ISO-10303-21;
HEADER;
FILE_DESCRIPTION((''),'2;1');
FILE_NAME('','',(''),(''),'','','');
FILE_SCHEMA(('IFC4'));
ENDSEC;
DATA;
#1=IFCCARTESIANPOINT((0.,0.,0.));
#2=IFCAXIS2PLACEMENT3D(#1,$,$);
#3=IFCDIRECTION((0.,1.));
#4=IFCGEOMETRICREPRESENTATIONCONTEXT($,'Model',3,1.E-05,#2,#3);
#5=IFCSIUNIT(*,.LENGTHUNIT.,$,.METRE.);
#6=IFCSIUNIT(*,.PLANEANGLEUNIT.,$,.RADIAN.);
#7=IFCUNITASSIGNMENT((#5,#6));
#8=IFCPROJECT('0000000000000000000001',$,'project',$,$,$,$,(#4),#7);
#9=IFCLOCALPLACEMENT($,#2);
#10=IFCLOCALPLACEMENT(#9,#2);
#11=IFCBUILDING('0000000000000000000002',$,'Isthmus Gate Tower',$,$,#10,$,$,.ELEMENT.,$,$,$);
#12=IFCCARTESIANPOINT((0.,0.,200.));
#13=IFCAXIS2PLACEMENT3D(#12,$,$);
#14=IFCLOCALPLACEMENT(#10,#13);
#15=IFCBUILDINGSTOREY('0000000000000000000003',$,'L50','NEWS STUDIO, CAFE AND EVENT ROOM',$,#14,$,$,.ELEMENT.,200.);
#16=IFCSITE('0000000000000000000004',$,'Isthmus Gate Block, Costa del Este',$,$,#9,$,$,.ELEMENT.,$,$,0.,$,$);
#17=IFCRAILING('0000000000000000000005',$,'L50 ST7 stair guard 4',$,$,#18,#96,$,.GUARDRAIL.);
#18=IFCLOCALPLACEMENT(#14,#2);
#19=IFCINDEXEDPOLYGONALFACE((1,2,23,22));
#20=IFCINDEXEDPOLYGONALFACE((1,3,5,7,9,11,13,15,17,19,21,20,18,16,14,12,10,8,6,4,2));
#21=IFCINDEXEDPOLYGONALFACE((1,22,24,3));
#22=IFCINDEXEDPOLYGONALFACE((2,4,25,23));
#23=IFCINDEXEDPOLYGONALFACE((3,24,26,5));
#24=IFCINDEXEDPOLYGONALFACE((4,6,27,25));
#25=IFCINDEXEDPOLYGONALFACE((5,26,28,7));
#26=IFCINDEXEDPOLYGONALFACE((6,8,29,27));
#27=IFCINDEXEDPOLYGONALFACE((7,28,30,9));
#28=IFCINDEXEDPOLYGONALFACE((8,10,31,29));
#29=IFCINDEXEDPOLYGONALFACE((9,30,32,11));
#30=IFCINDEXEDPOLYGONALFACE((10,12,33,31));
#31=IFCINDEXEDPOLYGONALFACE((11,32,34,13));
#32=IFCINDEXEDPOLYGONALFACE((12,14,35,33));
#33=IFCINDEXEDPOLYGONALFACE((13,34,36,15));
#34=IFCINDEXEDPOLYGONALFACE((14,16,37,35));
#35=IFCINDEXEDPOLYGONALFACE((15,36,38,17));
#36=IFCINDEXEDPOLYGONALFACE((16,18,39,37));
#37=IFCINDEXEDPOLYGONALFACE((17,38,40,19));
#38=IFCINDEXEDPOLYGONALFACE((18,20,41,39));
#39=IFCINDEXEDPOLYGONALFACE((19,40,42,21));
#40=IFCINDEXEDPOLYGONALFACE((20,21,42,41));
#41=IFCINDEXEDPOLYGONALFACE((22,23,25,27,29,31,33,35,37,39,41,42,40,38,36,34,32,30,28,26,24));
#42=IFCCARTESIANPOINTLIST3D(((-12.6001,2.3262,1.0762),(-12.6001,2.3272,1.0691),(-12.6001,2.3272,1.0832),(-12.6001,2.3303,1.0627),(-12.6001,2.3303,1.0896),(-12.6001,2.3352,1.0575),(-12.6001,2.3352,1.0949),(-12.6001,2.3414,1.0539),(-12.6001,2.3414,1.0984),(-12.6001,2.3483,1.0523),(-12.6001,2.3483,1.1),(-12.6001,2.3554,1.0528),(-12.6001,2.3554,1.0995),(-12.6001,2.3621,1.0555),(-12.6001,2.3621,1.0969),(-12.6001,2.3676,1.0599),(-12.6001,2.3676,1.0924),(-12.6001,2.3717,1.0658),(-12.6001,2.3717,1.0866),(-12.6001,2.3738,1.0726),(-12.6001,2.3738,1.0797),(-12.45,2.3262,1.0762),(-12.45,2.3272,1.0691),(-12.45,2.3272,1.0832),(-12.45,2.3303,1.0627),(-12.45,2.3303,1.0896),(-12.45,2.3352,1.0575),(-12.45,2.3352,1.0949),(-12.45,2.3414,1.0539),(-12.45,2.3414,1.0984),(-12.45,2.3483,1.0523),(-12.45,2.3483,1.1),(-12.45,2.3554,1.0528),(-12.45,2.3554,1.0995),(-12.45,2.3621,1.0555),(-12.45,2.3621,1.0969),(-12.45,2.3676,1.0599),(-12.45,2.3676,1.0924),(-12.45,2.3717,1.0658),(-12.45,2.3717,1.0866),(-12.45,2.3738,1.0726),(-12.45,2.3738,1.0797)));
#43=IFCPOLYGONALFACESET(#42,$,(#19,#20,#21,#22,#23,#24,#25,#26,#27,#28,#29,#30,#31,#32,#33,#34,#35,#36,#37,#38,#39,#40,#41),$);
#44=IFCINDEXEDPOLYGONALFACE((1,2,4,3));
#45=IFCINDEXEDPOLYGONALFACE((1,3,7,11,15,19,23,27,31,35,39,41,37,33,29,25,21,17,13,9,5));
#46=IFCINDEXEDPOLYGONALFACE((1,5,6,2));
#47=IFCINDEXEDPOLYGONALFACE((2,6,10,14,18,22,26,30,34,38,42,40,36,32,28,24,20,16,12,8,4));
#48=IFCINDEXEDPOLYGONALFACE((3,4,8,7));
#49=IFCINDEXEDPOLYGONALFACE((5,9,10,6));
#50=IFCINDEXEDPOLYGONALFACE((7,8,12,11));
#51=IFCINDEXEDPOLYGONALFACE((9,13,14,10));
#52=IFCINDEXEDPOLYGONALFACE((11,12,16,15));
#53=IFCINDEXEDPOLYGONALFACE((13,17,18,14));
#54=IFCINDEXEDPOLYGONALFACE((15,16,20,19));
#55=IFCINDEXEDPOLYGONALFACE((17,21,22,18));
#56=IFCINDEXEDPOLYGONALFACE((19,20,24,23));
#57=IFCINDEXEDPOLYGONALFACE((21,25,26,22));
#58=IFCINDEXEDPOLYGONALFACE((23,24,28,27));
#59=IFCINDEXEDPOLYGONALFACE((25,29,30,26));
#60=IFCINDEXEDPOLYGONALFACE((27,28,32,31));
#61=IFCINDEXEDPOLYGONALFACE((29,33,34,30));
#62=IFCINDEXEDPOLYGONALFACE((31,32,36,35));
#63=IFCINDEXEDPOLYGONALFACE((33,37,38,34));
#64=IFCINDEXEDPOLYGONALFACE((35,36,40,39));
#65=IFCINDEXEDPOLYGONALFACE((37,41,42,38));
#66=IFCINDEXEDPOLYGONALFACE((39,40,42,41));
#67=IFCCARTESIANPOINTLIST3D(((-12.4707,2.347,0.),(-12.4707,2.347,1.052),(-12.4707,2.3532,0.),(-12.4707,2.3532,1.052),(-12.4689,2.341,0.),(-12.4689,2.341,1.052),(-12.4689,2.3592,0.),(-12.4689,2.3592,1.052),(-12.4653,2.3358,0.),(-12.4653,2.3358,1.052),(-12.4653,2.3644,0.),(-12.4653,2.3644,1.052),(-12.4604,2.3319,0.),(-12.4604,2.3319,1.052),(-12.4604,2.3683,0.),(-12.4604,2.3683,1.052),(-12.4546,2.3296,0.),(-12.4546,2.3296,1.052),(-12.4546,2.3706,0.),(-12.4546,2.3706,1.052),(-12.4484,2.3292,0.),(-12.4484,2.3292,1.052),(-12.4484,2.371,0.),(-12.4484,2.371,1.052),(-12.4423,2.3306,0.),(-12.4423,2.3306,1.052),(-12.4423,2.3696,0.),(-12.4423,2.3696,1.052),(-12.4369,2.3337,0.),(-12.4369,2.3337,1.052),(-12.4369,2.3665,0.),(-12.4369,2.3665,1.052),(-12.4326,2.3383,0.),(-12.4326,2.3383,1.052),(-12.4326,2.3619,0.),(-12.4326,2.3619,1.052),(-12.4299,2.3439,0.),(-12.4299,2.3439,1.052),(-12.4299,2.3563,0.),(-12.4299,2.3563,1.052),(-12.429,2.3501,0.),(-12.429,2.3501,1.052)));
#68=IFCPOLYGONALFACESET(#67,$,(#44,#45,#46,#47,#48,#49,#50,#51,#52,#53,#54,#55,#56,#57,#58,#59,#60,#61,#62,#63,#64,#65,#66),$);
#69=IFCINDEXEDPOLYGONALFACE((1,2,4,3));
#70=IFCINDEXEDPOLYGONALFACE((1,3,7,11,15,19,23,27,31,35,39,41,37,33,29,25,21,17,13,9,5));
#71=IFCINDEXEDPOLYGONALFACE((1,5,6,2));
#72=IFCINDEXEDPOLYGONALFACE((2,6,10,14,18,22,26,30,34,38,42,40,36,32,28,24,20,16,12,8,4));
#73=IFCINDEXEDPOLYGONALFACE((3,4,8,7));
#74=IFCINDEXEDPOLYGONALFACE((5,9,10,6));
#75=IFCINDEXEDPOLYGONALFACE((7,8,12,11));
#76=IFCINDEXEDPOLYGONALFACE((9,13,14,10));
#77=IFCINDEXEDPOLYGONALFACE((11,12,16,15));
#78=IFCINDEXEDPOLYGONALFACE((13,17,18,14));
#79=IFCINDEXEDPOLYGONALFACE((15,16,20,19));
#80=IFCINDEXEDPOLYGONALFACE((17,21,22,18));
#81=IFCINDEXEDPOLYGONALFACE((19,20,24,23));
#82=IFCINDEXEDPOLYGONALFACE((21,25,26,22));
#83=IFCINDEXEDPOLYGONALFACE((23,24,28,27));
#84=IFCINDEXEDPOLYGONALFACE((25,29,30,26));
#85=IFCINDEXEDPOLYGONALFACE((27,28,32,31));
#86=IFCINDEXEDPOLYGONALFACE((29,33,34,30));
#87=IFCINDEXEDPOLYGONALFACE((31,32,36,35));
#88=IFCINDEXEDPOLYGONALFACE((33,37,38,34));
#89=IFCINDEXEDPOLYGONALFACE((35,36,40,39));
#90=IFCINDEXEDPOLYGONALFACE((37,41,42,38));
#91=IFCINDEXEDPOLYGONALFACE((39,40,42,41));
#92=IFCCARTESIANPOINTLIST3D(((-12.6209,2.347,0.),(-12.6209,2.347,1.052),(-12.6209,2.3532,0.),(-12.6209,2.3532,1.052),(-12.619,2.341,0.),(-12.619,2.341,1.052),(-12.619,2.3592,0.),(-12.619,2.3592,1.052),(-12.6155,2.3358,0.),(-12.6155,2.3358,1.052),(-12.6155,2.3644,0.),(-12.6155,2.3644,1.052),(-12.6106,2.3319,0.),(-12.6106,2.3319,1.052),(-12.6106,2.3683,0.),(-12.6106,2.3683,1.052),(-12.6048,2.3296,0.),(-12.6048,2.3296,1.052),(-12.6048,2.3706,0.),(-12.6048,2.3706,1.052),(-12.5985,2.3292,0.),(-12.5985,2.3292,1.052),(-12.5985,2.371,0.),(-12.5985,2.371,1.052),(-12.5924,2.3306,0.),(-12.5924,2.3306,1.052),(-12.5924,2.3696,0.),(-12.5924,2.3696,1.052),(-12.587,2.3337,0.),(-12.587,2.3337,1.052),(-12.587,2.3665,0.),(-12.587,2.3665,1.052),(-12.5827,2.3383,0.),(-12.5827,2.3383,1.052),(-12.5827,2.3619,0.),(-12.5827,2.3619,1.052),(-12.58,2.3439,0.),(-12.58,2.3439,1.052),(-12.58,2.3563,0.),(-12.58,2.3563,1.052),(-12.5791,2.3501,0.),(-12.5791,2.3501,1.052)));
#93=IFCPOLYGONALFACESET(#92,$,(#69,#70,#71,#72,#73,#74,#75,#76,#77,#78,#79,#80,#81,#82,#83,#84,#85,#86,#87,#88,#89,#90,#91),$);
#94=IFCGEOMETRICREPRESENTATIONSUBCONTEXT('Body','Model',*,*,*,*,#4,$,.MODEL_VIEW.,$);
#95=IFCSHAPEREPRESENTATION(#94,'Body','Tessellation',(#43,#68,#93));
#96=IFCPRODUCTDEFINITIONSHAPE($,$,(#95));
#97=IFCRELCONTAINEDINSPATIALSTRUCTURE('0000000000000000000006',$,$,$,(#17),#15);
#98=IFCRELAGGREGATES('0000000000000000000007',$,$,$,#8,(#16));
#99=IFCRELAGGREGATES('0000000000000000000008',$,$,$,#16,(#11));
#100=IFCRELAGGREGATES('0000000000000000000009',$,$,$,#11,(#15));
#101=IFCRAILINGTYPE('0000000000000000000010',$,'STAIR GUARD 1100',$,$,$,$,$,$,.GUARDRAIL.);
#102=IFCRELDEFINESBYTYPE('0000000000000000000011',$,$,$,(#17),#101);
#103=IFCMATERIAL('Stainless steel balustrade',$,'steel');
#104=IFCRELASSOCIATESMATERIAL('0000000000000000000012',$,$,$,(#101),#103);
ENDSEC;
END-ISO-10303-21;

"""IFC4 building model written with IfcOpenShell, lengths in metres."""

from ifc_helpers import new_model, si_unit, direction, frame, origin, origin_2d, place, context, subcontext, project, spatial, circle, extrude, material, type_object, element, save


model = new_model("IFC4")

# Units and contexts
model_context = context("Model", 3, precision=1e-05, world=origin(), true_north=direction((0.0, 1.0)))
body_context = subcontext(model_context, "Body", "Model", "MODEL_VIEW")
ifc_project = project(units=[si_unit("LENGTHUNIT", "METRE"), si_unit("PLANEANGLEUNIT", "RADIAN")], contexts=[model_context])

# Site, building, storey
site_placement = place(None, origin())
site = spatial("IfcSite", under=ifc_project, at=site_placement, Name="Isthmus Gate Block, Costa del Este", CompositionType="ELEMENT", RefElevation=0.0)
building_placement = place(site_placement, origin())
building = spatial("IfcBuilding", under=site, at=building_placement, Name="Isthmus Gate Tower", CompositionType="ELEMENT")
storey_placement = place(building_placement, frame((0.0, 0.0, 200.0)))
storey = spatial("IfcBuildingStorey", under=building, at=storey_placement, Name="L50", Description="NEWS STUDIO, CAFE AND EVENT ROOM", CompositionType="ELEMENT", Elevation=200.0)

# Railing
ifc_material_1 = material(Name="Stainless steel balustrade", Category="steel")
railing_type_1 = type_object("IfcRailingType", Name="STAIR GUARD 1100", PredefinedType="GUARDRAIL", material=ifc_material_1)
railing_1_placement = place(storey_placement, frame((-12.45, 2.3501, 0.0)))
element("IfcRailing", 1, at=railing_1_placement, inside=storey, type_object=railing_type_1, Name="L50 ST7 stair guard 4", PredefinedType="GUARDRAIL", context=body_context, shape_type="SweptSolid", body=[
    extrude(circle(Radius=0.0239, at=origin_2d()), frame((0.0, 0.0, 1.0762), z_axis=(-1.0, 0.0, 0.0), x_axis=(0.0, -1.0, 0.0)), (0.0, 0.0, 1.0), 0.1501),
    extrude(circle(Radius=0.021, at=origin_2d()), origin(), (0.0, 0.0, 1.0), 1.052),
    extrude(circle(Radius=0.021, at=origin_2d()), frame((-0.1501, 0.0, 0.0)), (0.0, 0.0, 1.0), 1.052),
])

save(model, "model.ifc")
